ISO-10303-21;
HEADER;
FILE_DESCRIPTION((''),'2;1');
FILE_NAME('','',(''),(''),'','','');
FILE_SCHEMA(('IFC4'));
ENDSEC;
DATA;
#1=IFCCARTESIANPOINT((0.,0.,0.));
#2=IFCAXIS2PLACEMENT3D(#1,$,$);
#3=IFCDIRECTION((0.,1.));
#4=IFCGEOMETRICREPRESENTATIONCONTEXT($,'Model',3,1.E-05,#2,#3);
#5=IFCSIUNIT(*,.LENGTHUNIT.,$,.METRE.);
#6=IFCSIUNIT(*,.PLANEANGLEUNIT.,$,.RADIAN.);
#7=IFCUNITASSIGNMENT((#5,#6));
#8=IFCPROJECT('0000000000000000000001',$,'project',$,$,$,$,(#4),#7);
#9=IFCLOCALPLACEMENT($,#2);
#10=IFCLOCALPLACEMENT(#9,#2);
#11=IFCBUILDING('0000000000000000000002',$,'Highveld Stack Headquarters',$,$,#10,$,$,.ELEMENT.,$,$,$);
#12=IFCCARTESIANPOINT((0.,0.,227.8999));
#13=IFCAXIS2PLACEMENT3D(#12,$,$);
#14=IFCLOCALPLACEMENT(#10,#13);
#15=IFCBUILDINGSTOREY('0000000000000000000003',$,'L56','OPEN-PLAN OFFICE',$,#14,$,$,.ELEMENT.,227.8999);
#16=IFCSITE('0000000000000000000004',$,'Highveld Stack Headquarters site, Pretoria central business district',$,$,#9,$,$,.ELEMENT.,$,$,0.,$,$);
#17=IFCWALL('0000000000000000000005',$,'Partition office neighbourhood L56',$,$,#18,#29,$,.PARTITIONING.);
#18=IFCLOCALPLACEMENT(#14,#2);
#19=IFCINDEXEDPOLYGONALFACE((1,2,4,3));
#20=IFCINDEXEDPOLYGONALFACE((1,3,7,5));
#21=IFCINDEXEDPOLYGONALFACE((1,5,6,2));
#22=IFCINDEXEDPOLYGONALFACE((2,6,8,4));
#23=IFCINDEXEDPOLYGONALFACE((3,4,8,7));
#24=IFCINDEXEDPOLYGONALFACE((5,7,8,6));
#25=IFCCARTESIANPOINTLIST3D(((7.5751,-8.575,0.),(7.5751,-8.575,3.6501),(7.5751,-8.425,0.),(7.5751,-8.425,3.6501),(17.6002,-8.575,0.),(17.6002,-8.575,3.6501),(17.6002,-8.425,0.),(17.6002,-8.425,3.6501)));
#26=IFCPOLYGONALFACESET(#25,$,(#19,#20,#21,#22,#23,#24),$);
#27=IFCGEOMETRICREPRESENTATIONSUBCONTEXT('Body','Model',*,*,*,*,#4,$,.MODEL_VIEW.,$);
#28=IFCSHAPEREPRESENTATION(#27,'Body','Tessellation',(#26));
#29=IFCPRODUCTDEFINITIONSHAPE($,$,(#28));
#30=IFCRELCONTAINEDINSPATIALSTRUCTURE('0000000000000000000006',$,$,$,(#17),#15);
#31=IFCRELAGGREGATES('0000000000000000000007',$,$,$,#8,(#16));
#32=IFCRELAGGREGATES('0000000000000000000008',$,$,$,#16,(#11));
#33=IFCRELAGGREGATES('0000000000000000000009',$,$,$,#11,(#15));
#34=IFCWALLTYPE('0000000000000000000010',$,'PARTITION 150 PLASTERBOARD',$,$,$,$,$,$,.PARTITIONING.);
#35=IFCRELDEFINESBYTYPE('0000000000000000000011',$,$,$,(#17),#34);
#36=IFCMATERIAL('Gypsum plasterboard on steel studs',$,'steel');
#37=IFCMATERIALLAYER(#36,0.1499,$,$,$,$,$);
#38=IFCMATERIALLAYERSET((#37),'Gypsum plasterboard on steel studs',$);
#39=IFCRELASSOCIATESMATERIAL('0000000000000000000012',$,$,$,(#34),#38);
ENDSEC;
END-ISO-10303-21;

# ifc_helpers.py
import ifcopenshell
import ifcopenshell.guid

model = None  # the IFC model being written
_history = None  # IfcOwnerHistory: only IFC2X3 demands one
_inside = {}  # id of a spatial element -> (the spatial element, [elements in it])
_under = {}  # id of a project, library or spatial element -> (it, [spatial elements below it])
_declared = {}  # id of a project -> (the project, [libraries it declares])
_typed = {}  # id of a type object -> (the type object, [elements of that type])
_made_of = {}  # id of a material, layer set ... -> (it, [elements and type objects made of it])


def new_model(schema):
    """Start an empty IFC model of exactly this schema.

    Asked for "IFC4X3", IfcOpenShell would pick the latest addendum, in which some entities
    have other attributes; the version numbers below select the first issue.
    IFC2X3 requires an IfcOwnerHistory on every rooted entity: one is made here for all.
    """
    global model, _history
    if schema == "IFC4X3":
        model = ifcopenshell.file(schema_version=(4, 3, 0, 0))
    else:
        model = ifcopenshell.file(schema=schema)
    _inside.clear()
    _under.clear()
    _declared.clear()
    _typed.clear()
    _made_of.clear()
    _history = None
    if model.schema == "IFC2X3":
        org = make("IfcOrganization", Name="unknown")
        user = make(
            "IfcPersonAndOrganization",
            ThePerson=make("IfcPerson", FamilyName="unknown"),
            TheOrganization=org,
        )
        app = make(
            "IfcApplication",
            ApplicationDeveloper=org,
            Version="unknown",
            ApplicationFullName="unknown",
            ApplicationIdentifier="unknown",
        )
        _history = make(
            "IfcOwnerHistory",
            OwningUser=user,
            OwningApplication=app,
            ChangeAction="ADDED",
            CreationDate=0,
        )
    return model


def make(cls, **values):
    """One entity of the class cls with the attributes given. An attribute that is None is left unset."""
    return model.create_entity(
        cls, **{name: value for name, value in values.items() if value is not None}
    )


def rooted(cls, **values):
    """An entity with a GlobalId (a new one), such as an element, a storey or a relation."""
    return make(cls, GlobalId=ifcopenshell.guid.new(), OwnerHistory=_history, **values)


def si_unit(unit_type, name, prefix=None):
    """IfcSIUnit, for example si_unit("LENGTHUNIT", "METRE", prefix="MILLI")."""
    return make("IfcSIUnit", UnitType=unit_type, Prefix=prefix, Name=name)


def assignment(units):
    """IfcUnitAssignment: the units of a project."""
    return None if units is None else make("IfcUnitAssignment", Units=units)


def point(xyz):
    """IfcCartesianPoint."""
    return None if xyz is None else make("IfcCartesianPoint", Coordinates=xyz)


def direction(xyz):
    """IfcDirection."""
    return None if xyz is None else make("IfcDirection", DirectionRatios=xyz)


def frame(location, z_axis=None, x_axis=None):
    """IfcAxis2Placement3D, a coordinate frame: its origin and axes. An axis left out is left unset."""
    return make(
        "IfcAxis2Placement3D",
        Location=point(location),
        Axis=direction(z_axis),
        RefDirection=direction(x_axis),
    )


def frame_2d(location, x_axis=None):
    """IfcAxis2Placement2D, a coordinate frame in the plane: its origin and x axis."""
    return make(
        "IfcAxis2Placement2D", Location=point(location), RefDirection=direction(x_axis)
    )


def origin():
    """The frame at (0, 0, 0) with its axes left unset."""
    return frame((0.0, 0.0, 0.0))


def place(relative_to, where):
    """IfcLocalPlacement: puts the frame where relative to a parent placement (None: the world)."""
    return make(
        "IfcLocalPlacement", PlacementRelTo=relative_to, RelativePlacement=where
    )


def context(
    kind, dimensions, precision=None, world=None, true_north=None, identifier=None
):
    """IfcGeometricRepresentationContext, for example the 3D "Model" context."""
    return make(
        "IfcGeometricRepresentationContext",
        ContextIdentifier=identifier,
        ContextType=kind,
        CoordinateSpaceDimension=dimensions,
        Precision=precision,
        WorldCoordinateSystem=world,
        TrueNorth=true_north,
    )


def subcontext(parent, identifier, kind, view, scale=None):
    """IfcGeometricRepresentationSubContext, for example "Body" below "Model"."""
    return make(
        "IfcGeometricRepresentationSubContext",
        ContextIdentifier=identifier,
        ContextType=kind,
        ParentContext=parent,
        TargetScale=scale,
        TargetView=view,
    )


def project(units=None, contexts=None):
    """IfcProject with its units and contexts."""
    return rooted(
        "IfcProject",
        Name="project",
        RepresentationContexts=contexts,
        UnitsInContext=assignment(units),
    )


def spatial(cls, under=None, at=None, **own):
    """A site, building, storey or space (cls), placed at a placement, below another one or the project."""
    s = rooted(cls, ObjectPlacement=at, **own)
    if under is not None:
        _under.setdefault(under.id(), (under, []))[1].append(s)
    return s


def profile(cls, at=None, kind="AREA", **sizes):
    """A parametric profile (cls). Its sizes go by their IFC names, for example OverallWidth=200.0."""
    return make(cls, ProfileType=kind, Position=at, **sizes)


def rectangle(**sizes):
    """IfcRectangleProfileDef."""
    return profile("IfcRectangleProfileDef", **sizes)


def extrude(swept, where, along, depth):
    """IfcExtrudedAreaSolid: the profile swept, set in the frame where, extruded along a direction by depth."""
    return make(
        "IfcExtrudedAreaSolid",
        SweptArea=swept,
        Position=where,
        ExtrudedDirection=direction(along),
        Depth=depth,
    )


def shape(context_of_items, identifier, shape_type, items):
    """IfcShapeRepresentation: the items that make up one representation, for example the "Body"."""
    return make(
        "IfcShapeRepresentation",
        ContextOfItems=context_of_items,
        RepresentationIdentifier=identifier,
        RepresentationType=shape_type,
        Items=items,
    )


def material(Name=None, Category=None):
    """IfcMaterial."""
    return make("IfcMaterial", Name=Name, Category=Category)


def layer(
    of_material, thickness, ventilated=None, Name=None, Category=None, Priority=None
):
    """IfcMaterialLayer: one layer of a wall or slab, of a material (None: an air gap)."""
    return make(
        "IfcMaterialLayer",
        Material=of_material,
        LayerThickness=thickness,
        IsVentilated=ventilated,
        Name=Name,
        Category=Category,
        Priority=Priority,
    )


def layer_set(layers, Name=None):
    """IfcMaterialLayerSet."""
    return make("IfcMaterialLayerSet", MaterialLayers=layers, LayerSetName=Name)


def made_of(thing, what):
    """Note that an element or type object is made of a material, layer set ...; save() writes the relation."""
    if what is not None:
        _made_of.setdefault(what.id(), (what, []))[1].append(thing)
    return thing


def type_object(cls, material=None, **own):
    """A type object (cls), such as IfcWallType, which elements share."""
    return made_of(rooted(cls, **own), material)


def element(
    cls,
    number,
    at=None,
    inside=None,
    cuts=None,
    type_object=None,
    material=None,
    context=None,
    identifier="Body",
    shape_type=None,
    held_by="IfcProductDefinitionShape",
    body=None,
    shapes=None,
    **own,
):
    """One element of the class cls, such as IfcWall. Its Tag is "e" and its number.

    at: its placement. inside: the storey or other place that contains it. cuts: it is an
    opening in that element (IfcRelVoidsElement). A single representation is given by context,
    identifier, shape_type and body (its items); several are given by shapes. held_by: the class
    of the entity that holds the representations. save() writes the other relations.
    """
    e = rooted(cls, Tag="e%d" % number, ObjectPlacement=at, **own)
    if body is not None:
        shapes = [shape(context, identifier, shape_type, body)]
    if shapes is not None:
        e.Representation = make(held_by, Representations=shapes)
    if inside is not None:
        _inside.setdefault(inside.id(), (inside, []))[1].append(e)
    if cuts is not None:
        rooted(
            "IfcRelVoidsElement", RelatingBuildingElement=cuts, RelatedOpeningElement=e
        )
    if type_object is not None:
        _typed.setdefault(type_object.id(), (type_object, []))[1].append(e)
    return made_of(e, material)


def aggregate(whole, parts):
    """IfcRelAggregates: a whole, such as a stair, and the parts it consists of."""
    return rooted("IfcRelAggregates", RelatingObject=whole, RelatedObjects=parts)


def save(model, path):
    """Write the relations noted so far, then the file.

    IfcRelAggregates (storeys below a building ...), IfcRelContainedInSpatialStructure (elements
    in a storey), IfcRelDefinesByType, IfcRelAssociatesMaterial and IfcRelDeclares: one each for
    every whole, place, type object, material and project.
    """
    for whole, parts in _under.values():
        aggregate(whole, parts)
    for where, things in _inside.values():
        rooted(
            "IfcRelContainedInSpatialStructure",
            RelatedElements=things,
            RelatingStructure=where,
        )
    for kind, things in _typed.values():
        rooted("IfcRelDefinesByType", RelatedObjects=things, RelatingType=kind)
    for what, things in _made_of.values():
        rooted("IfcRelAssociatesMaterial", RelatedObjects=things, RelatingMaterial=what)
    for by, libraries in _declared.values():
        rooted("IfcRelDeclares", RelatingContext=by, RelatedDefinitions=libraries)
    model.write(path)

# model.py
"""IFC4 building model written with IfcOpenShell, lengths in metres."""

from ifc_helpers import new_model, si_unit, direction, frame, frame_2d, origin, place, context, subcontext, project, spatial, rectangle, extrude, material, layer, layer_set, type_object, element, save


model = new_model("IFC4")

# Units and contexts
model_context = context("Model", 3, precision=1e-05, world=origin(), true_north=direction((0.0, 1.0)))
body_context = subcontext(model_context, "Body", "Model", "MODEL_VIEW")
ifc_project = project(units=[si_unit("LENGTHUNIT", "METRE"), si_unit("PLANEANGLEUNIT", "RADIAN")], contexts=[model_context])

# Site, building, storey
site_placement = place(None, origin())
site = spatial("IfcSite", under=ifc_project, at=site_placement, Name="Highveld Stack Headquarters site, Pretoria central business district", CompositionType="ELEMENT", RefElevation=0.0)
building_placement = place(site_placement, origin())
building = spatial("IfcBuilding", under=site, at=building_placement, Name="Highveld Stack Headquarters", CompositionType="ELEMENT")
storey_placement = place(building_placement, frame((0.0, 0.0, 227.8999)))
storey = spatial("IfcBuildingStorey", under=building, at=storey_placement, Name="L56", Description="OPEN-PLAN OFFICE", CompositionType="ELEMENT", Elevation=227.8999)

# Shared definitions
ifc_material_1 = material(Name="Gypsum plasterboard on steel studs", Category="steel")
ifc_layer_1 = layer(ifc_material_1, 0.1499)
ifc_layer_set_1 = layer_set([ifc_layer_1], Name="Gypsum plasterboard on steel studs")
wall_type_1 = type_object("IfcWallType", Name="PARTITION 150 PLASTERBOARD", PredefinedType="PARTITIONING", material=ifc_layer_set_1)

# Wall
wall_1_placement = place(storey_placement, frame((7.575, -8.5, 0.0), z_axis=(0.0, 0.0, 1.0), x_axis=(1.0, 0.0, 0.0)))
element("IfcWall", 1, at=wall_1_placement, inside=storey, type_object=wall_type_1, Name="Partition office neighbourhood L56", PredefinedType="PARTITIONING", context=body_context, shape_type="SweptSolid", body=[
    extrude(rectangle(XDim=10.0251, YDim=0.1499, at=frame_2d((5.0127, 0.0))), origin(), (0.0, 0.0, 1.0), 3.6501),
])

save(model, "model.ifc")
